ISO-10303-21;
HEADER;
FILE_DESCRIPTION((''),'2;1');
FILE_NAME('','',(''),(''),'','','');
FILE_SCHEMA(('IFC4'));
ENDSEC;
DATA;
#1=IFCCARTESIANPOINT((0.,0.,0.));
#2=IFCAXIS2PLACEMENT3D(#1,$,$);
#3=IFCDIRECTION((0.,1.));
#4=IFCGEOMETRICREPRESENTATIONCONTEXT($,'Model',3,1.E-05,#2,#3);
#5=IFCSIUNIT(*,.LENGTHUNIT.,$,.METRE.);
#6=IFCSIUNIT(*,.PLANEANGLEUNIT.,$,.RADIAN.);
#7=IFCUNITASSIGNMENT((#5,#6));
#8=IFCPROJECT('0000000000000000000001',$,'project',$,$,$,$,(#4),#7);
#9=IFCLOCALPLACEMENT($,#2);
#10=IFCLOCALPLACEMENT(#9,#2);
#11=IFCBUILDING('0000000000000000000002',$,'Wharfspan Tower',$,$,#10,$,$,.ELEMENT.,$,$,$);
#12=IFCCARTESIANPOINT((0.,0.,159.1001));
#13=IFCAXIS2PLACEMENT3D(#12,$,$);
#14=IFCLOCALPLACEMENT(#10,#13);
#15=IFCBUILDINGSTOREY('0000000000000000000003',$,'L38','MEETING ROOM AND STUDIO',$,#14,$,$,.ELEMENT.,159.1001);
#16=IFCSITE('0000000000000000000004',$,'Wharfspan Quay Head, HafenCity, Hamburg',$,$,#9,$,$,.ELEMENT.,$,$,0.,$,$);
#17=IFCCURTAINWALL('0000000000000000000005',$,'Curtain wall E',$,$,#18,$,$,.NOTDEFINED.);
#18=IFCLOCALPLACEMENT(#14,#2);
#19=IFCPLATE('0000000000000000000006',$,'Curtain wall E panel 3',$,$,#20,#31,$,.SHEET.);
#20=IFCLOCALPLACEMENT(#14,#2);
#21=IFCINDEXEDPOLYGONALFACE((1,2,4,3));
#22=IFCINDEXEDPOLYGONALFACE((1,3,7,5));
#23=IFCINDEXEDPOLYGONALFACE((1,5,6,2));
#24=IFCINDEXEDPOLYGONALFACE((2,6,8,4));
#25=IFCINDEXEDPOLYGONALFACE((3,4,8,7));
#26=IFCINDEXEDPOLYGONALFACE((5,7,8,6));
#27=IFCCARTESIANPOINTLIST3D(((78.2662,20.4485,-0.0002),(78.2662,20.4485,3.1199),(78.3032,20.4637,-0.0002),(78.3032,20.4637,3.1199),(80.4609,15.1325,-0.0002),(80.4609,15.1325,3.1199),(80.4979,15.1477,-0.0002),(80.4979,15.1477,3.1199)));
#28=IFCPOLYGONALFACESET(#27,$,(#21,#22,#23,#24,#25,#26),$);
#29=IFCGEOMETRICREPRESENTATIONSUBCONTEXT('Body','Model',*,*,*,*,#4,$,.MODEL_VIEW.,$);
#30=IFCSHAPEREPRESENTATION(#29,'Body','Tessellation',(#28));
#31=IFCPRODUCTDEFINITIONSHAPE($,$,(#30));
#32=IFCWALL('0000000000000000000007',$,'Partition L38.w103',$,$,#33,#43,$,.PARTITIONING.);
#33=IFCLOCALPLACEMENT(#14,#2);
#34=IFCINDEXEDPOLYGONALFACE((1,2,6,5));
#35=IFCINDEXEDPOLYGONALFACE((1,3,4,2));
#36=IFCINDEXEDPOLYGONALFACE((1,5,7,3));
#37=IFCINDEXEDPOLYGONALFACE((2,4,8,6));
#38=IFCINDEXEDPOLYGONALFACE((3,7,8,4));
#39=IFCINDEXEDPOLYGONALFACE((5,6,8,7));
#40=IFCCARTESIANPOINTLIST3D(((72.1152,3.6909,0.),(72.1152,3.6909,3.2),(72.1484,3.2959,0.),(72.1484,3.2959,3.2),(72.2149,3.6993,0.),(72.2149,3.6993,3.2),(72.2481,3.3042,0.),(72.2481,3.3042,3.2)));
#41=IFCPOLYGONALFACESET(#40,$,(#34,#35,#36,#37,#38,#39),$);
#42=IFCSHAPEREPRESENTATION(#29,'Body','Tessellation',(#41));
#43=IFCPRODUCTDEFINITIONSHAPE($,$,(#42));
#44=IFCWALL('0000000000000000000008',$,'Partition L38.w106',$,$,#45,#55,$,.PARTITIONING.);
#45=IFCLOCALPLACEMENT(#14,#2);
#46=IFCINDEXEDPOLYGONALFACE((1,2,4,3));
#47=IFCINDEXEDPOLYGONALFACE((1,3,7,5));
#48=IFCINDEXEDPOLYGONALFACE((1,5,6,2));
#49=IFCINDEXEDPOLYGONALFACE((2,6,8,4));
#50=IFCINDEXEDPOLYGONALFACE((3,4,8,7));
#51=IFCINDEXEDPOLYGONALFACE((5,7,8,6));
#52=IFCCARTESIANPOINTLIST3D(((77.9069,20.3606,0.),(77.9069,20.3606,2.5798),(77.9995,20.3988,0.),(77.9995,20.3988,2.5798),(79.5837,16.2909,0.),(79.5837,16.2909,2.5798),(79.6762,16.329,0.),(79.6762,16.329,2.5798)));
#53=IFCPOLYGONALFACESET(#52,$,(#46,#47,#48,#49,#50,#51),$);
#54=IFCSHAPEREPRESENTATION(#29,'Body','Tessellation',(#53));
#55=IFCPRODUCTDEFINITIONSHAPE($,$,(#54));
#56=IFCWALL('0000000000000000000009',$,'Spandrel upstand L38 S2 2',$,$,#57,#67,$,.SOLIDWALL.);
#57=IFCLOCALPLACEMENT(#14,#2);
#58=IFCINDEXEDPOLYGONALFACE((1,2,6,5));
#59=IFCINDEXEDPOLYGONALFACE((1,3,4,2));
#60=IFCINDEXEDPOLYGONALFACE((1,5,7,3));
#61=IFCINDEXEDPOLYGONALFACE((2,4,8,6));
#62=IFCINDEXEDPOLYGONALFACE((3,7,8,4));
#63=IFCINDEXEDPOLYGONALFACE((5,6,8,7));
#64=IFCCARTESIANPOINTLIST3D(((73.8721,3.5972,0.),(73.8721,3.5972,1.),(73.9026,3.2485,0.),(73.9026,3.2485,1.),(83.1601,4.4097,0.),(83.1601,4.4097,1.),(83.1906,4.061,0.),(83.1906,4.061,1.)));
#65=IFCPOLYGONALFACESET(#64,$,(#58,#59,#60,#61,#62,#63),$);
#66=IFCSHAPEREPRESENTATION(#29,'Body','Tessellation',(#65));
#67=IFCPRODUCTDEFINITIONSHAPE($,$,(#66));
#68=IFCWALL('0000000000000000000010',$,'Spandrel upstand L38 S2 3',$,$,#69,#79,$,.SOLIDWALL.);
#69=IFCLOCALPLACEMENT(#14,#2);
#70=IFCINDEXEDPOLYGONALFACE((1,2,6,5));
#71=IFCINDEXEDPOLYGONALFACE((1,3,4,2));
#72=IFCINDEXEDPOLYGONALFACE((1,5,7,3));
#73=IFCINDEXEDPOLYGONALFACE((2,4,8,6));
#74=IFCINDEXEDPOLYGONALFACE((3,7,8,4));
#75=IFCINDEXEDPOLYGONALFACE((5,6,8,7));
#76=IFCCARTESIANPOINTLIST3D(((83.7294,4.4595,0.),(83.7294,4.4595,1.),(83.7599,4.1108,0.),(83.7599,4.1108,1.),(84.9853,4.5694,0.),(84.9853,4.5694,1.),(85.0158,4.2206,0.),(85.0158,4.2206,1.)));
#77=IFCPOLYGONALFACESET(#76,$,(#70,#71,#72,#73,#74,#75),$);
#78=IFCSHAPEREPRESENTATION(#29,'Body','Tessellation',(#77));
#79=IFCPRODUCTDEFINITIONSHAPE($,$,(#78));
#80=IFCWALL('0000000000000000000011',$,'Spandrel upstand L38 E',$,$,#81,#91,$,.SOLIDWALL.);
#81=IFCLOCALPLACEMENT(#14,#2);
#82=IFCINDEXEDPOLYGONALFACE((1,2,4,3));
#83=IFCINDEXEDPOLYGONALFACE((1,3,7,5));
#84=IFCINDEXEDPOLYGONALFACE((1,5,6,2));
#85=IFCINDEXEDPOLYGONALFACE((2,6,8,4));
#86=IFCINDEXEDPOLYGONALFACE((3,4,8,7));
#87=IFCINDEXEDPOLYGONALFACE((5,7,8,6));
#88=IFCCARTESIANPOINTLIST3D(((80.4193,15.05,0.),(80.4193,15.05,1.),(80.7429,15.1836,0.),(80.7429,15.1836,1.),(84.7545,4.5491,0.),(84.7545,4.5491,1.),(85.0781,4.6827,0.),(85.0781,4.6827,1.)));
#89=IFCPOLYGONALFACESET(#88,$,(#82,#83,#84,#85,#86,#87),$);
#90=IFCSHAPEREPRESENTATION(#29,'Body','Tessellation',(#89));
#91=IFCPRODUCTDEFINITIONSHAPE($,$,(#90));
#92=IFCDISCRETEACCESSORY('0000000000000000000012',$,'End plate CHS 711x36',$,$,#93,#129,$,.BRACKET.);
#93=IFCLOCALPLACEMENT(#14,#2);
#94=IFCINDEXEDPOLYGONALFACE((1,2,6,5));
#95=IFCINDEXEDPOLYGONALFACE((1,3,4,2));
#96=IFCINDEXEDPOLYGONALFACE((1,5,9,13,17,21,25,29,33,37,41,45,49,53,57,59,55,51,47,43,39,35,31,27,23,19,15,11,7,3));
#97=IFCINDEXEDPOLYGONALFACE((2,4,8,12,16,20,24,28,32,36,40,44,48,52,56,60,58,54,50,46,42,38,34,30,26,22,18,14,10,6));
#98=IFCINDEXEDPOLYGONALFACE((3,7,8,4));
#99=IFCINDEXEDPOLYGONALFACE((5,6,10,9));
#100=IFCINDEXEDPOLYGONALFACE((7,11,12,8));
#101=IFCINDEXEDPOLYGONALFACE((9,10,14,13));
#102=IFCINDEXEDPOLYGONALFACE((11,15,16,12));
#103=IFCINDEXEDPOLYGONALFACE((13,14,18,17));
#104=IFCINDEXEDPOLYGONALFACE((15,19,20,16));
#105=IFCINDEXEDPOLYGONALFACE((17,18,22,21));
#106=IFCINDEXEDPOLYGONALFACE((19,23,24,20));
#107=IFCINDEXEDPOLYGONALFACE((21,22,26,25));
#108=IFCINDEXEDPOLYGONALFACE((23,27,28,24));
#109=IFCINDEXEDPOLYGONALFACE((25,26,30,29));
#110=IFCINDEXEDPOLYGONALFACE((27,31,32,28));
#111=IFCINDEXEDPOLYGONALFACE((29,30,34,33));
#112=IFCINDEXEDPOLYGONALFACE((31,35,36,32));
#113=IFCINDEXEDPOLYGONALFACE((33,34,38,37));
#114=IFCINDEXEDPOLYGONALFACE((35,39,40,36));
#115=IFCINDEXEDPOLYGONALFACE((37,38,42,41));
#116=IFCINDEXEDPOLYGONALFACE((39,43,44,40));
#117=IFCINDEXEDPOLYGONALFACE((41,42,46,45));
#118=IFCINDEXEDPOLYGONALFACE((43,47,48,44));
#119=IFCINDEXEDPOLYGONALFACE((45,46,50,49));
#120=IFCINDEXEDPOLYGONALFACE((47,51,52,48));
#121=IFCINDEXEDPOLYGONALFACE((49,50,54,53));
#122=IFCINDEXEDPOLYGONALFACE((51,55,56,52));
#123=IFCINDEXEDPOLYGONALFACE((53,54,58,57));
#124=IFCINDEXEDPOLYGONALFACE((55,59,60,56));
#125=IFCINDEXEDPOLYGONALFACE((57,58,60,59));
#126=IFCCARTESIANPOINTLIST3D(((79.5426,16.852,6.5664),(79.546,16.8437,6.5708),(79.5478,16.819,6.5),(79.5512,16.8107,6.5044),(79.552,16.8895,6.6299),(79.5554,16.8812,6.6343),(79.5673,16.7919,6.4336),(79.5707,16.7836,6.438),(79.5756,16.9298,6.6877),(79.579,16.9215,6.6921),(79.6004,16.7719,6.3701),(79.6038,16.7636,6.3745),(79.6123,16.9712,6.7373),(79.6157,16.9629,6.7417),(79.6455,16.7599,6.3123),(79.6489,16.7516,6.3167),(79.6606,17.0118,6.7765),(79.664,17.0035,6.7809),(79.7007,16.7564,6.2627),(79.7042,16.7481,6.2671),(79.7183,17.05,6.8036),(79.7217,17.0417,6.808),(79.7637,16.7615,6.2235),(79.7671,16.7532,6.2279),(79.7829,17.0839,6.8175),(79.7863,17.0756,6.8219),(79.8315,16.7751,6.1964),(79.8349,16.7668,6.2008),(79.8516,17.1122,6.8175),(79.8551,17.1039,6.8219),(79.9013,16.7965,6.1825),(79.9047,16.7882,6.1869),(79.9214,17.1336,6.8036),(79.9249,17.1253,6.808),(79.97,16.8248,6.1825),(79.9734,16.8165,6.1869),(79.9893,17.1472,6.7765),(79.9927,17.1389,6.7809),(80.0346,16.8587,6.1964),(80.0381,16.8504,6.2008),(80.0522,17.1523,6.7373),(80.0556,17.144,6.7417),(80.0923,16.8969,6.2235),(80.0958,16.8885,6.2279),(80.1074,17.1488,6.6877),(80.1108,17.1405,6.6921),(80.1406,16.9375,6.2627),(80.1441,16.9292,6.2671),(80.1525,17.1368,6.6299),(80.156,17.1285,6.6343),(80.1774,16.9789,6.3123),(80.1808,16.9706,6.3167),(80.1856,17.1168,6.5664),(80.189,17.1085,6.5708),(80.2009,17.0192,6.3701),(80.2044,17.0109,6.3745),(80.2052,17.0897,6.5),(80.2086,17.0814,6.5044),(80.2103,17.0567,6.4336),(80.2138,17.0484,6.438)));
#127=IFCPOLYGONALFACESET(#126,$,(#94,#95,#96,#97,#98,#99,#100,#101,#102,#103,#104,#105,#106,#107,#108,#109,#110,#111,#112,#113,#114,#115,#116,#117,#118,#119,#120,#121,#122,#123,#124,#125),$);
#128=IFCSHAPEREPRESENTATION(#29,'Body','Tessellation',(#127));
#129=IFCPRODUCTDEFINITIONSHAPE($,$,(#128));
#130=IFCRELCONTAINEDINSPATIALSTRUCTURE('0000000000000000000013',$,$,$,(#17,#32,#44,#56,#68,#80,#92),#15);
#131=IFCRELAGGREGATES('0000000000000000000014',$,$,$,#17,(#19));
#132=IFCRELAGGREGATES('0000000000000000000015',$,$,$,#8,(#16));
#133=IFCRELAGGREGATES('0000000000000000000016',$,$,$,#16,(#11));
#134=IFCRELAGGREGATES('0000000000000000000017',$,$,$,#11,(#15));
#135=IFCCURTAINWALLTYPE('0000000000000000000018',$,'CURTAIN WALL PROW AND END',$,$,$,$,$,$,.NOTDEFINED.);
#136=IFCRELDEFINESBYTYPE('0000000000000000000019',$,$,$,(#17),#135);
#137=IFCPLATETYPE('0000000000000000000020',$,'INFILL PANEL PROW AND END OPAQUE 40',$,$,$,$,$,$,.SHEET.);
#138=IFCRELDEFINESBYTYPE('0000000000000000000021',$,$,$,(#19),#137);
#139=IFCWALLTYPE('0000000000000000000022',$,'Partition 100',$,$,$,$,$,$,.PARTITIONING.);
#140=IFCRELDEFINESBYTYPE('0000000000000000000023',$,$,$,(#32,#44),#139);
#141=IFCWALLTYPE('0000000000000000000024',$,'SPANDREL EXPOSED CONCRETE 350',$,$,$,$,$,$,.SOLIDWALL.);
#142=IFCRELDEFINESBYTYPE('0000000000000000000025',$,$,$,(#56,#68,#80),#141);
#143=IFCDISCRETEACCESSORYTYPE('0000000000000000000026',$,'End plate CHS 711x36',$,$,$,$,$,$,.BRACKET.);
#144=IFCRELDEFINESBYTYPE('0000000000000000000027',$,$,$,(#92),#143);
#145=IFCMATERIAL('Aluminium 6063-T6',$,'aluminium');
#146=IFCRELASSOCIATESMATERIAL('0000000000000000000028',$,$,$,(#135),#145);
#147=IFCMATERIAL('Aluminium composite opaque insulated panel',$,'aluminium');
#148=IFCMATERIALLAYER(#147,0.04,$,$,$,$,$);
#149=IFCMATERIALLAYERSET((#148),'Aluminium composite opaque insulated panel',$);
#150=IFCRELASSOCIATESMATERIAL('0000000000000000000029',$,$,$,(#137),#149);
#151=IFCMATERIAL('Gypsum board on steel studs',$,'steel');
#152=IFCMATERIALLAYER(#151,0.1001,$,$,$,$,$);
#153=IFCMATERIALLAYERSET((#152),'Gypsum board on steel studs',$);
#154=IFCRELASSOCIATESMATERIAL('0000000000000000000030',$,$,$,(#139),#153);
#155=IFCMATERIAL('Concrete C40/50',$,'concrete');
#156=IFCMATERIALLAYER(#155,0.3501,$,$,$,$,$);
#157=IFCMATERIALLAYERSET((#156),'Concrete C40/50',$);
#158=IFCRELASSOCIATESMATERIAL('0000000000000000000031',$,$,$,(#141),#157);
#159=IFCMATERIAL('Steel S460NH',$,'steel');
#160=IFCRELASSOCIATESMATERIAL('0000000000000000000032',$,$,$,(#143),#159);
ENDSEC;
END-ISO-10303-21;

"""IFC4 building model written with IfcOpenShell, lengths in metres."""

from ifc_helpers import new_model, si_unit, direction, frame, frame_2d, origin, origin_2d, place, context, subcontext, project, spatial, rectangle, circle, extrude, material, layer, layer_set, material_profile, profile_set, type_object, element, aggregate, save


model = new_model("IFC4")

# Units and contexts
model_context = context("Model", 3, precision=1e-05, world=origin(), true_north=direction((0.0, 1.0)))
body_context = subcontext(model_context, "Body", "Model", "MODEL_VIEW")
ifc_project = project(units=[si_unit("LENGTHUNIT", "METRE"), si_unit("PLANEANGLEUNIT", "RADIAN")], contexts=[model_context])

# Site, building, storey
site_placement = place(None, origin())
site = spatial("IfcSite", under=ifc_project, at=site_placement, Name="Wharfspan Quay Head, HafenCity, Hamburg", CompositionType="ELEMENT", RefElevation=0.0)
building_placement = place(site_placement, origin())
building = spatial("IfcBuilding", under=site, at=building_placement, Name="Wharfspan Tower", CompositionType="ELEMENT")
storey_placement = place(building_placement, frame((0.0, 0.0, 159.1001)))
storey = spatial("IfcBuildingStorey", under=building, at=storey_placement, Name="L38", Description="MEETING ROOM AND STUDIO", CompositionType="ELEMENT", Elevation=159.1001)

# Curtain wall
ifc_material_1 = material(Name="Aluminium 6063-T6", Category="aluminium")
curtain_wall_type_1 = type_object("IfcCurtainWallType", Name="CURTAIN WALL PROW AND END", PredefinedType="NOTDEFINED", material=ifc_material_1)
curtain_wall_1_placement = place(storey_placement, origin())
curtain_wall_1 = element("IfcCurtainWall", 1, at=curtain_wall_1_placement, inside=storey, type_object=curtain_wall_type_1, Name="Curtain wall E", PredefinedType="NOTDEFINED")

# Plate
ifc_material_2 = material(Name="Aluminium composite opaque insulated panel", Category="aluminium")
ifc_layer_1 = layer(ifc_material_2, 0.04)
ifc_layer_set_1 = layer_set([ifc_layer_1], Name="Aluminium composite opaque insulated panel")
plate_type_1 = type_object("IfcPlateType", Name="INFILL PANEL PROW AND END OPAQUE 40", PredefinedType="SHEET", material=ifc_layer_set_1)
plate_1_placement = place(storey_placement, frame((79.3821, 17.7981, -0.0002), z_axis=(0.0, 0.0, 1.0), x_axis=(-0.381602, 0.924325, 0.0)))
plate_1 = element("IfcPlate", 2, at=plate_1_placement, type_object=plate_type_1, Name="Curtain wall E panel 3", PredefinedType="SHEET", context=body_context, shape_type="SweptSolid", body=[
    extrude(rectangle(XDim=5.7512, YDim=0.04, at=origin_2d()), origin(), (0.0, 0.0, 1.0), 3.1201),
])
aggregate(curtain_wall_1, [plate_1])

# Walls
ifc_material_3 = material(Name="Gypsum board on steel studs", Category="steel")
ifc_layer_2 = layer(ifc_material_3, 0.1001)
ifc_layer_set_2 = layer_set([ifc_layer_2], Name="Gypsum board on steel studs")
wall_type_1 = type_object("IfcWallType", Name="Partition 100", PredefinedType="PARTITIONING", material=ifc_layer_set_2)
wall_1_placement = place(storey_placement, frame((72.1982, 3.3, 0.0), z_axis=(0.0, 0.0, 1.0), x_axis=(-0.083759, 0.996486, 0.0)))
element("IfcWall", 3, at=wall_1_placement, inside=storey, type_object=wall_type_1, Name="Partition L38.w103", PredefinedType="PARTITIONING", context=body_context, shape_type="SweptSolid", body=[
    extrude(rectangle(XDim=0.3965, YDim=0.1001, at=frame_2d((0.1982, 0.0))), origin(), (0.0, 0.0, 1.0), 3.2),
])
wall_2_placement = place(storey_placement, frame((79.6299, 16.3101, 0.0), z_axis=(0.0, 0.0, 1.0), x_axis=(-0.380933, 0.9246, 0.0)))
element("IfcWall", 4, at=wall_2_placement, inside=storey, type_object=wall_type_1, Name="Partition L38.w106", PredefinedType="PARTITIONING", context=body_context, shape_type="SweptSolid", body=[
    extrude(rectangle(XDim=4.4016, YDim=0.1001, at=frame_2d((2.2007, 0.0))), origin(), (0.0, 0.0, 1.0), 2.5798),
])
ifc_material_4 = material(Name="Concrete C40/50", Category="concrete")
ifc_layer_3 = layer(ifc_material_4, 0.3501)
ifc_layer_set_3 = layer_set([ifc_layer_3], Name="Concrete C40/50")
wall_type_2 = type_object("IfcWallType", Name="SPANDREL EXPOSED CONCRETE 350", PredefinedType="SOLIDWALL", material=ifc_layer_set_3)
wall_3_placement = place(storey_placement, frame((73.8875, 3.4229, 0.0), z_axis=(0.0, 0.0, 1.0), x_axis=(0.996197, 0.087145, 0.0)))
element("IfcWall", 5, at=wall_3_placement, inside=storey, type_object=wall_type_2, Name="Spandrel upstand L38 S2 2", PredefinedType="SOLIDWALL", context=body_context, shape_type="SweptSolid", body=[
    extrude(rectangle(XDim=9.3235, YDim=0.3501, at=frame_2d((4.6616, 0.0))), origin(), (0.0, 0.0, 1.0), 1.0),
])
wall_4_placement = place(storey_placement, frame((83.7446, 4.2852, 0.0), z_axis=(0.0, 0.0, 1.0), x_axis=(0.996198, 0.087148, 0.0)))
element("IfcWall", 6, at=wall_4_placement, inside=storey, type_object=wall_type_2, Name="Spandrel upstand L38 S2 3", PredefinedType="SOLIDWALL", context=body_context, shape_type="SweptSolid", body=[
    extrude(rectangle(XDim=1.2607, YDim=0.3501, at=frame_2d((0.6304, 0.0))), origin(), (0.0, 0.0, 1.0), 1.0),
])
wall_5_placement = place(storey_placement, frame((84.9163, 4.616, 0.0), z_axis=(0.0, 0.0, 1.0), x_axis=(-0.381598, 0.924328, 0.0)))
element("IfcWall", 7, at=wall_5_placement, inside=storey, type_object=wall_type_2, Name="Spandrel upstand L38 E", PredefinedType="SOLIDWALL", context=body_context, shape_type="SweptSolid", body=[
    extrude(rectangle(XDim=11.3606, YDim=0.3501, at=frame_2d((5.6802, 0.0))), origin(), (0.0, 0.0, 1.0), 1.0),
])

# Discrete accessory
ifc_material_5 = material(Name="Steel S460NH", Category="steel")
ifc_material_profile_1 = material_profile(ifc_material_5, circle(Radius=0.3555, at=origin_2d()))
ifc_profile_set_1 = profile_set([ifc_material_profile_1], Name="Steel S460NH")
discrete_accessory_type = type_object("IfcDiscreteAccessoryType", Name="End plate CHS 711x36", PredefinedType="BRACKET", material=ifc_profile_set_1)
discrete_accessory_placement = place(storey_placement, frame((79.8765, 16.9543, 6.5), z_axis=(0.341972, -0.830504, 0.439679), x_axis=(0.924678, 0.380749, -0.000001)))
element("IfcDiscreteAccessory", 8, at=discrete_accessory_placement, inside=storey, type_object=discrete_accessory_type, Name="End plate CHS 711x36", PredefinedType="BRACKET", context=body_context, shape_type="SweptSolid", body=[
    extrude(circle(Radius=0.3555, at=origin_2d()), origin(), (0.0, 0.0, 1.0), 0.01),
])

save(model, "model.ifc")
